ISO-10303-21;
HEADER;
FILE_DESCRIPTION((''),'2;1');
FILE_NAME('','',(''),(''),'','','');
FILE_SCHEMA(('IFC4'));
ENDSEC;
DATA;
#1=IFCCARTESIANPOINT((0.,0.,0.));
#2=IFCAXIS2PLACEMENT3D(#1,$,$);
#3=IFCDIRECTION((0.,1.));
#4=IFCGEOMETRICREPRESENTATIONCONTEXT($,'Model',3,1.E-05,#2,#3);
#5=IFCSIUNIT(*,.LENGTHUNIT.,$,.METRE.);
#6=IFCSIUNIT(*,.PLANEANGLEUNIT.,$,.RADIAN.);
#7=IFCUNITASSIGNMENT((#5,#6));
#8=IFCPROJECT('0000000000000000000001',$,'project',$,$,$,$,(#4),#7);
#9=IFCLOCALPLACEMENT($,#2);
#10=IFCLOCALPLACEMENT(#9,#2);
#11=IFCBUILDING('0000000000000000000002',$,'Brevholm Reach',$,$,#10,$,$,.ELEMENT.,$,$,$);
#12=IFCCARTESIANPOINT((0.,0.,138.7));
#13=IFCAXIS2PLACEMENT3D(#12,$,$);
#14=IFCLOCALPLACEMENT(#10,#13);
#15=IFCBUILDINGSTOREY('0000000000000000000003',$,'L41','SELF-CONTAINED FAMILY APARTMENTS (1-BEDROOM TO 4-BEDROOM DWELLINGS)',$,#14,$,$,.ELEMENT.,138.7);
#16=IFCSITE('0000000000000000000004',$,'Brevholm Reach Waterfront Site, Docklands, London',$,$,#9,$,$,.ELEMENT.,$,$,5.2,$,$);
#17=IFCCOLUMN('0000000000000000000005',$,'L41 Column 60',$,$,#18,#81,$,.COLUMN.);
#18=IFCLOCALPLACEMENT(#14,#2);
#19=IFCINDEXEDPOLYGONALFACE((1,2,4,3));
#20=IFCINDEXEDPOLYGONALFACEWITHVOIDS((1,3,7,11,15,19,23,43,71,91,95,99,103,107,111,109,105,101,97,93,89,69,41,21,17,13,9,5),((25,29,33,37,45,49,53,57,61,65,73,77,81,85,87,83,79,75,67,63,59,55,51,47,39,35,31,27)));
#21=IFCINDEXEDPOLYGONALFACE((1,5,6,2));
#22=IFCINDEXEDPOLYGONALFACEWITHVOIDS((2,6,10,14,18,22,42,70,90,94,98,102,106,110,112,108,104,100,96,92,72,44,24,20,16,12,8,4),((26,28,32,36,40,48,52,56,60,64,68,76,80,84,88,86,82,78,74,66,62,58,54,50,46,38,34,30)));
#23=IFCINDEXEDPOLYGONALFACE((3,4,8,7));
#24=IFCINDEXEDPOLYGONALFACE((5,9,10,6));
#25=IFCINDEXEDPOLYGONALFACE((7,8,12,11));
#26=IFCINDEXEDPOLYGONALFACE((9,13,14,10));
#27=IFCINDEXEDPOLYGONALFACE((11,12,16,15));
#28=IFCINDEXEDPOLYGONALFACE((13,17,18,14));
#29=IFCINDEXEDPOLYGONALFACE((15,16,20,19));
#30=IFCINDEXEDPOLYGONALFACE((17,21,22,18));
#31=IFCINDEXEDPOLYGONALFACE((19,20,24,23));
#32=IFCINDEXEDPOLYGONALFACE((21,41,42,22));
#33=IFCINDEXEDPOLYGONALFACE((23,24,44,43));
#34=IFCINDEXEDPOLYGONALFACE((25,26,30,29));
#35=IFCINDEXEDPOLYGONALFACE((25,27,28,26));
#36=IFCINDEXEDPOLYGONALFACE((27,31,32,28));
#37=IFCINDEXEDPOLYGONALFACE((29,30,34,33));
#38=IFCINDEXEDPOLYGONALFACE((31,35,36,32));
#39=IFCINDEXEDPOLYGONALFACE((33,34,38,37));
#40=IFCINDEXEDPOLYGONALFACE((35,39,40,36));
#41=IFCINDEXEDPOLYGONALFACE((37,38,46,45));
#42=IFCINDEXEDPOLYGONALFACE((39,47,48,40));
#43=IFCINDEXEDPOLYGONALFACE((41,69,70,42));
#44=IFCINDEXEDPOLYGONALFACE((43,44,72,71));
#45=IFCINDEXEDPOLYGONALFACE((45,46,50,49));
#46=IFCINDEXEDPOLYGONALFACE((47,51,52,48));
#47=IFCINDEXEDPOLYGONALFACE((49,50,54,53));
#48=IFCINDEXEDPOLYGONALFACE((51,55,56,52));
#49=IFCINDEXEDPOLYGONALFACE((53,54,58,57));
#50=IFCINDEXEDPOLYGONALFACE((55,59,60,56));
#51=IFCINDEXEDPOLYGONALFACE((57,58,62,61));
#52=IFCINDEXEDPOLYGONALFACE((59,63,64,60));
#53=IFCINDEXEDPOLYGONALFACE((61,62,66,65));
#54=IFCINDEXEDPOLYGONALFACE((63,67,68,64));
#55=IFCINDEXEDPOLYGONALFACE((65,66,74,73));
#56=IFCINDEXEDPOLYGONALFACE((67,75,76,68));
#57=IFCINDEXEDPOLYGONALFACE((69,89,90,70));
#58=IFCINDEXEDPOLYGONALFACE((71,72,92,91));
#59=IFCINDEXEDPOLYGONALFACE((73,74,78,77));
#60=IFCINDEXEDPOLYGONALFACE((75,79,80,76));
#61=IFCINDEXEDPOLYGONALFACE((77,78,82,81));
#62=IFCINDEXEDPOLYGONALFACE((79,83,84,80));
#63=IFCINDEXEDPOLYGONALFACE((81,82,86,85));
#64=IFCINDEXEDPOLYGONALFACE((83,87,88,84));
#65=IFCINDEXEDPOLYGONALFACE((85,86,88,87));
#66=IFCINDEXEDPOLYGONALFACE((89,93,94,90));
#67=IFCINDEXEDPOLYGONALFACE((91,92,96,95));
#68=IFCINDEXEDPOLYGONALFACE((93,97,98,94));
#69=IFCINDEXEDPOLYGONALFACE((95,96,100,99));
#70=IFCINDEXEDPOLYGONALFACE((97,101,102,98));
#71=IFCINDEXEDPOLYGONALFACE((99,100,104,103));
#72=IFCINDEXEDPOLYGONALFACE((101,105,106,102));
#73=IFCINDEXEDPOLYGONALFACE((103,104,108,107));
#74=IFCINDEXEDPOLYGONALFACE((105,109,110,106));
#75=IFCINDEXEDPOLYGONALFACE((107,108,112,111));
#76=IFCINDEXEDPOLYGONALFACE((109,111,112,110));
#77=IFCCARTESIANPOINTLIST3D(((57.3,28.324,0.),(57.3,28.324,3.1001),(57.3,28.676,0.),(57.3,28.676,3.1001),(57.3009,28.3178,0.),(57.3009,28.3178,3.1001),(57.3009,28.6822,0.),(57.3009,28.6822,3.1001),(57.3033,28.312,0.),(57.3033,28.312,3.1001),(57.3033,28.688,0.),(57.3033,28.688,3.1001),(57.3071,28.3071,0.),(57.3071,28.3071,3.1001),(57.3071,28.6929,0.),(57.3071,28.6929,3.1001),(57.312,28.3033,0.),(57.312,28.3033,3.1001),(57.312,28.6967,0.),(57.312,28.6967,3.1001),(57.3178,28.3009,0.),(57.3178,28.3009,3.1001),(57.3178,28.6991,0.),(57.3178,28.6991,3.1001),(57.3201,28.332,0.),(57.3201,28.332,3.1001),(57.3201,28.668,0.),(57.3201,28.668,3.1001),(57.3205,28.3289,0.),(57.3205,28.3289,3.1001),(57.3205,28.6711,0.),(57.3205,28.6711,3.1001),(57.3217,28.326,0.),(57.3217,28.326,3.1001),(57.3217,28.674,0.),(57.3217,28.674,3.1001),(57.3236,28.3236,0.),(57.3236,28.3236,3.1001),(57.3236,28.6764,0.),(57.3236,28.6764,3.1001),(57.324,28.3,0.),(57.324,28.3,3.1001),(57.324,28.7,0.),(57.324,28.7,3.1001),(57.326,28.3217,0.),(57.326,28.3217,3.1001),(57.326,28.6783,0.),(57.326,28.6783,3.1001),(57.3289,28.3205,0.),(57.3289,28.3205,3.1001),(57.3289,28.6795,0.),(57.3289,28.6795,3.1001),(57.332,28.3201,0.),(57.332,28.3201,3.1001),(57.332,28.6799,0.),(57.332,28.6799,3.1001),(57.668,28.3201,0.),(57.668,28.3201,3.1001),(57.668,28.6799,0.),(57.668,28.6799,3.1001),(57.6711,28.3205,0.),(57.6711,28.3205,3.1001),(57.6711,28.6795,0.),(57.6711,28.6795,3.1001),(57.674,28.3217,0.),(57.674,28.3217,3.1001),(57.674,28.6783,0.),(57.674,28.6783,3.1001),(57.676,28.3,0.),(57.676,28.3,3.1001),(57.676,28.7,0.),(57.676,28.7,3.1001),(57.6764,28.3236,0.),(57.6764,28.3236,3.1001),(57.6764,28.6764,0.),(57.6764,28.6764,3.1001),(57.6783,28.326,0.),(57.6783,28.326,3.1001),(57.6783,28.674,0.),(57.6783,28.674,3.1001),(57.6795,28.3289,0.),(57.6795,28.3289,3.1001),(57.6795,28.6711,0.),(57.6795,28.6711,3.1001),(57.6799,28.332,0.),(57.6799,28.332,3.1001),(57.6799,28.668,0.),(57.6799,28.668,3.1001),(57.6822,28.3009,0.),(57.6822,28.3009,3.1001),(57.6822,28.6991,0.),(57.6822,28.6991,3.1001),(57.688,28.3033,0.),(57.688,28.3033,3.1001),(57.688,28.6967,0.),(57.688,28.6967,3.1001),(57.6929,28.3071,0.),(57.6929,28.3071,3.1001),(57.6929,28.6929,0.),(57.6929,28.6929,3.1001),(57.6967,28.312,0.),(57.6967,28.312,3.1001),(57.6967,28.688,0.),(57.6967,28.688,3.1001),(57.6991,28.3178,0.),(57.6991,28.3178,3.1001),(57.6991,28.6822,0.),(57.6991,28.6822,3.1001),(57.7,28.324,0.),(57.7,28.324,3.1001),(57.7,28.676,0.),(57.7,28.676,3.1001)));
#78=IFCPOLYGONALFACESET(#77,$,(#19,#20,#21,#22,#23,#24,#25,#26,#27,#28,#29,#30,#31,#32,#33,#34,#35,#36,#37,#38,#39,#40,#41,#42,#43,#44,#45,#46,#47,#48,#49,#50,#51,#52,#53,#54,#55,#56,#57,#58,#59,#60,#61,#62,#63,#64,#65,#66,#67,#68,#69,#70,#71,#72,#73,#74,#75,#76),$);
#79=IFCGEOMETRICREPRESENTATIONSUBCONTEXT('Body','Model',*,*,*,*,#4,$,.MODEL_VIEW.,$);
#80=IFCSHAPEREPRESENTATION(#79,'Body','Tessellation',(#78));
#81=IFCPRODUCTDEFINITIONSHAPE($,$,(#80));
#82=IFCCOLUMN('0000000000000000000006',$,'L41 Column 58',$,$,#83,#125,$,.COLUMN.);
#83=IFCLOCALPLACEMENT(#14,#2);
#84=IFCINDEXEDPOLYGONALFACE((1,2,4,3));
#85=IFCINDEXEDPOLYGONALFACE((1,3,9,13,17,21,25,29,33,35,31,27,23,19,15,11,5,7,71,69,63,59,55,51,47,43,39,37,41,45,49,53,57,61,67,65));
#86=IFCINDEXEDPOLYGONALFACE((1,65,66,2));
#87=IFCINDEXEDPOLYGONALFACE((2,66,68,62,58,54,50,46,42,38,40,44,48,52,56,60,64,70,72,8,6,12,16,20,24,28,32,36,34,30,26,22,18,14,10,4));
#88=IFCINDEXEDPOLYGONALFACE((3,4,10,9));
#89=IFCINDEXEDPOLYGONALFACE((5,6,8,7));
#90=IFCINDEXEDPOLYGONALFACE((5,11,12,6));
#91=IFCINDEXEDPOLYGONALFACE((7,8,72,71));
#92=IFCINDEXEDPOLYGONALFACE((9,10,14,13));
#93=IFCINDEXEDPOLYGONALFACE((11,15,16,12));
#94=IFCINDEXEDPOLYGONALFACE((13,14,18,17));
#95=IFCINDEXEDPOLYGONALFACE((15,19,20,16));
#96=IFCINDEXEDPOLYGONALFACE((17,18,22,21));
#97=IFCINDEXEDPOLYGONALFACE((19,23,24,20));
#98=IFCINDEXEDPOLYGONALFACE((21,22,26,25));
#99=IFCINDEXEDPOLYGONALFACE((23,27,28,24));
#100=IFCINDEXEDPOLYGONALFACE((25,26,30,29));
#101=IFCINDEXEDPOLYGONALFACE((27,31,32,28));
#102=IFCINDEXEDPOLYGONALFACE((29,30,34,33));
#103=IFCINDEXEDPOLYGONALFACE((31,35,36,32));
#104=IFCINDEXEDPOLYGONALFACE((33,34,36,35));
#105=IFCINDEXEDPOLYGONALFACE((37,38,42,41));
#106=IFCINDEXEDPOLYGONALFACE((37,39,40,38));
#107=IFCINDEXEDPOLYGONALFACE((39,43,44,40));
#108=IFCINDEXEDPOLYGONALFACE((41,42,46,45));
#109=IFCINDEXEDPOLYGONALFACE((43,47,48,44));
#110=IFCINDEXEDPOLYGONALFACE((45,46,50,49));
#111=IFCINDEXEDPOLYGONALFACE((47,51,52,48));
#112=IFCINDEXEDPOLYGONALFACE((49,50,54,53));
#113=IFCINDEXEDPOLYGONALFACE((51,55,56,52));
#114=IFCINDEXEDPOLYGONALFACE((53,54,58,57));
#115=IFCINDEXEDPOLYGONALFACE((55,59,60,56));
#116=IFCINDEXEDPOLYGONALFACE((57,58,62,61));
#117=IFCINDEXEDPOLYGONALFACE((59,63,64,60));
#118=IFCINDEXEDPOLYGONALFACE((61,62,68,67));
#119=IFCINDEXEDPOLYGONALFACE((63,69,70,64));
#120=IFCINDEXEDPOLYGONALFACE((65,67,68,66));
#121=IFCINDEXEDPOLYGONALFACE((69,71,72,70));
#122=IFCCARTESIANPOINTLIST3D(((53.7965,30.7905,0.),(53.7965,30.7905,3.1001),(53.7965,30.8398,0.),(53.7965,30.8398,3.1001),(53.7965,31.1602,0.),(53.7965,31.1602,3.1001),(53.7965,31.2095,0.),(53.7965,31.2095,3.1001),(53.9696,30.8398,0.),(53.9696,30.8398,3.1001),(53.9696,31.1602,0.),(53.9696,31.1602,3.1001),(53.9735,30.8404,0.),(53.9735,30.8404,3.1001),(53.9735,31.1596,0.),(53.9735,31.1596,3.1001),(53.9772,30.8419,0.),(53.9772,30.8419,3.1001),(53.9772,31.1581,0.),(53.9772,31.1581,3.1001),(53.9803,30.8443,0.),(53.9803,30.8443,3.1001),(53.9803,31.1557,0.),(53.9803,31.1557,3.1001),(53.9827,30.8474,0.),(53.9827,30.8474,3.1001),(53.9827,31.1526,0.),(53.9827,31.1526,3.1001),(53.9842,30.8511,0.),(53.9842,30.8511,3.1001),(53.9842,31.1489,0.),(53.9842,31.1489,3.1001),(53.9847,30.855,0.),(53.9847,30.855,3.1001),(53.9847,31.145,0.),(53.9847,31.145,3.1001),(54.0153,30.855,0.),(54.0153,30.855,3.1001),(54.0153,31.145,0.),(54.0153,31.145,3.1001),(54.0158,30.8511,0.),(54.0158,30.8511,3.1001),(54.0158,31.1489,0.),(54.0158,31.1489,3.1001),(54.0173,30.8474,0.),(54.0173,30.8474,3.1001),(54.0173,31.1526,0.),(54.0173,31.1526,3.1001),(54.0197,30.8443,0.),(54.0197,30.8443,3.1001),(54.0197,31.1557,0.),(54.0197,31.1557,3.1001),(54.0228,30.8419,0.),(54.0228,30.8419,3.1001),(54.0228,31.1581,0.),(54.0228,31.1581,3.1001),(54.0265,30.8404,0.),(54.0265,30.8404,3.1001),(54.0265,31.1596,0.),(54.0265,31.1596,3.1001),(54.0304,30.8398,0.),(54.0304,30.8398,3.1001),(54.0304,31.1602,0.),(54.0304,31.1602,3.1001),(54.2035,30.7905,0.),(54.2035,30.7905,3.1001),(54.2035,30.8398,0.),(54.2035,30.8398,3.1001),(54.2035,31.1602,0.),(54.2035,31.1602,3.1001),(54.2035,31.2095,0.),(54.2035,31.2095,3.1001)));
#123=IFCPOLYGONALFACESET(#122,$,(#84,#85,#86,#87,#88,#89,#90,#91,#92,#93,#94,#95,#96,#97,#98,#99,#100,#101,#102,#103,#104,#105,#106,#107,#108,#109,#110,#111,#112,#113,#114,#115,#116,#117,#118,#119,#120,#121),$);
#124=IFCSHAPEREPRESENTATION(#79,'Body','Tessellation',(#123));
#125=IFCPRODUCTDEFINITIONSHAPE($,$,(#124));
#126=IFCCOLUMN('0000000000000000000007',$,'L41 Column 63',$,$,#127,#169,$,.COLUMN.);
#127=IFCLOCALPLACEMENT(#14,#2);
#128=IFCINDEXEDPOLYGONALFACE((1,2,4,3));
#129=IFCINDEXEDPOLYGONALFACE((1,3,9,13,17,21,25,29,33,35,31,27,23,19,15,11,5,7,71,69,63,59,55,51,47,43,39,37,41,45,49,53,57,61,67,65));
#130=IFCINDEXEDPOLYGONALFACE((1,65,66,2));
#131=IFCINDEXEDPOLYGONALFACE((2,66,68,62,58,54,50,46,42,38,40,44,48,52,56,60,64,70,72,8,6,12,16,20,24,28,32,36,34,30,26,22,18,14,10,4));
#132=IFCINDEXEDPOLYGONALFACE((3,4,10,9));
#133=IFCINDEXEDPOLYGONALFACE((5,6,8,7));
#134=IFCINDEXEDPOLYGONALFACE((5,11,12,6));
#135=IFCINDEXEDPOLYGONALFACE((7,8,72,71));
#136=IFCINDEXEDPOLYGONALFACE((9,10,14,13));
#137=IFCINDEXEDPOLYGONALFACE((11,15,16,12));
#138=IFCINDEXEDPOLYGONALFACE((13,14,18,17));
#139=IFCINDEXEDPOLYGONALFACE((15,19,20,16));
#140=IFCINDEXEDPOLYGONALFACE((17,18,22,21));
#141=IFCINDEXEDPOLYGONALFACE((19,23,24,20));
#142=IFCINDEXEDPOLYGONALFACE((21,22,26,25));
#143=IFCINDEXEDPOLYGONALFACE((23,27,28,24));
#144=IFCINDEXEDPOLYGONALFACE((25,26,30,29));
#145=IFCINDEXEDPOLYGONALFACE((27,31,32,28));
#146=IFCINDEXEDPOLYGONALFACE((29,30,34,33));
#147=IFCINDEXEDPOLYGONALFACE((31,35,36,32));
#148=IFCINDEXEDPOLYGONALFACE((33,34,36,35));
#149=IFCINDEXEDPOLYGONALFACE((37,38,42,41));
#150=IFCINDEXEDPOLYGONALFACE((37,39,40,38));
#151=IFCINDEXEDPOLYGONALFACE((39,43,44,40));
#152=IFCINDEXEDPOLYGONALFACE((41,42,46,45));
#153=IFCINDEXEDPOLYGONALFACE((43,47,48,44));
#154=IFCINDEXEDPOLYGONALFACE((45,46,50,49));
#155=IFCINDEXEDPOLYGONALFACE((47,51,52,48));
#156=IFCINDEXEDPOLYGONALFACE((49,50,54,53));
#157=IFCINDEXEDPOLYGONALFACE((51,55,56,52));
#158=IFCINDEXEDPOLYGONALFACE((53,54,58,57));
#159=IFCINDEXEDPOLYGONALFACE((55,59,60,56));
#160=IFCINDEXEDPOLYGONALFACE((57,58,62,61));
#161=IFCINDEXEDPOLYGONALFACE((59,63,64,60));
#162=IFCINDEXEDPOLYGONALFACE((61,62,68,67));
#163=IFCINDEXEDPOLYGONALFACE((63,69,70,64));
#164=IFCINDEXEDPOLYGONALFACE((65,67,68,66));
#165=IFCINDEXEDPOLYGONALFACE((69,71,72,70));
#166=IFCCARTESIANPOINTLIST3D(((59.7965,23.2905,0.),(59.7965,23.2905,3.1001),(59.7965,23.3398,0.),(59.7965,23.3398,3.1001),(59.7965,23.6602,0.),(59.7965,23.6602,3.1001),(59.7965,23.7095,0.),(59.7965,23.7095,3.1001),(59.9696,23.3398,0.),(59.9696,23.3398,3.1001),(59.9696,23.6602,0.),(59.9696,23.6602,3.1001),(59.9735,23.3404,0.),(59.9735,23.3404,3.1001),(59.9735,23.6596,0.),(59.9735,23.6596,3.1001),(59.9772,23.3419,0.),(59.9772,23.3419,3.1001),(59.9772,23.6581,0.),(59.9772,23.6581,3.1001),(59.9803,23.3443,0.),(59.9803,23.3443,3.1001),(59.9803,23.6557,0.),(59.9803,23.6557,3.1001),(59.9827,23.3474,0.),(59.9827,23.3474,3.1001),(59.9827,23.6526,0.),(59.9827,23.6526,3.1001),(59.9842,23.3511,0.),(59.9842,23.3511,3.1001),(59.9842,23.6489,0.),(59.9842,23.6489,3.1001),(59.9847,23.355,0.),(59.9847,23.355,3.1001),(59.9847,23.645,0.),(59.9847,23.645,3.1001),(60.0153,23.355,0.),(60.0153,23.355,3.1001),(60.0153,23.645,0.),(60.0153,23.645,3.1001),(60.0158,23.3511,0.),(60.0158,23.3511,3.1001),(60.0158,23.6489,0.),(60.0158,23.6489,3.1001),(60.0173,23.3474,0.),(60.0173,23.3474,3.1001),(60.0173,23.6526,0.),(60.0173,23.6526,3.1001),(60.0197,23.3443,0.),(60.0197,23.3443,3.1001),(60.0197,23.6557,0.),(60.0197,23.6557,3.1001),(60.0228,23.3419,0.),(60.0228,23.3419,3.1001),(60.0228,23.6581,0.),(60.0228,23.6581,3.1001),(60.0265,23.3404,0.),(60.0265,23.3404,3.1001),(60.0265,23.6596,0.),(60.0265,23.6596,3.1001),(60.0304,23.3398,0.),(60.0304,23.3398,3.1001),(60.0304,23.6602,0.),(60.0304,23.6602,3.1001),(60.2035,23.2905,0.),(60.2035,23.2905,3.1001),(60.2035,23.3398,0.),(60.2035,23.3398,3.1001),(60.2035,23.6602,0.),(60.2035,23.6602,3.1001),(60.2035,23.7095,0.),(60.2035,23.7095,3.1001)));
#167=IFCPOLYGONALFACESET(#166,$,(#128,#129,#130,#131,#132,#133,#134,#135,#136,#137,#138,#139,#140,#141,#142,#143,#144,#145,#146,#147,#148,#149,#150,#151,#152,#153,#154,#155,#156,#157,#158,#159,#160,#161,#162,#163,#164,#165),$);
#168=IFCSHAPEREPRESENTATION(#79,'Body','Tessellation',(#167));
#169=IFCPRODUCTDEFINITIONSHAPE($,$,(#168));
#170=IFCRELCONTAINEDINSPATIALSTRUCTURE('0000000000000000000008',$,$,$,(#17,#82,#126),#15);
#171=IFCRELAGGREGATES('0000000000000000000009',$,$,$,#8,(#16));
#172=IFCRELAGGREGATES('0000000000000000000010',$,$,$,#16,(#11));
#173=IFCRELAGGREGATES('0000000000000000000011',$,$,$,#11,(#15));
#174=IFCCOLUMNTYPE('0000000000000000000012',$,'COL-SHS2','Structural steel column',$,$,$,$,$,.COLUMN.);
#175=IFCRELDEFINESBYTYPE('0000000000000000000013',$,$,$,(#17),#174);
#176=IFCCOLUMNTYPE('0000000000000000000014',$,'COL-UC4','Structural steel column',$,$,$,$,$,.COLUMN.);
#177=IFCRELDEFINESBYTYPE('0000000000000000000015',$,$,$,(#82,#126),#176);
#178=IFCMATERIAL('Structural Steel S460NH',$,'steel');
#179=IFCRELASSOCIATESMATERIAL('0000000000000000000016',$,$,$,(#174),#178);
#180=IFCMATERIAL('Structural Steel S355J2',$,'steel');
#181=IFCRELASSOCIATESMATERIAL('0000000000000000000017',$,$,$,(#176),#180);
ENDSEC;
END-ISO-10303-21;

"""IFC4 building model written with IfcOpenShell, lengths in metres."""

from ifc_helpers import new_model, si_unit, direction, frame, origin, origin_2d, place, context, subcontext, project, spatial, hollow_rectangle, i_section, extrude, material, material_profile, profile_set, type_object, element, save


model = new_model("IFC4")

# Units and contexts
model_context = context("Model", 3, precision=1e-05, world=origin(), true_north=direction((0.0, 1.0)))
body_context = subcontext(model_context, "Body", "Model", "MODEL_VIEW")
ifc_project = project(units=[si_unit("LENGTHUNIT", "METRE"), si_unit("PLANEANGLEUNIT", "RADIAN")], contexts=[model_context])

# Site, building, storey
site_placement = place(None, origin())
site = spatial("IfcSite", under=ifc_project, at=site_placement, Name="Brevholm Reach Waterfront Site, Docklands, London", CompositionType="ELEMENT", RefElevation=5.2)
building_placement = place(site_placement, origin())
building = spatial("IfcBuilding", under=site, at=building_placement, Name="Brevholm Reach", CompositionType="ELEMENT")
storey_placement = place(building_placement, frame((0.0, 0.0, 138.7)))
storey = spatial("IfcBuildingStorey", under=building, at=storey_placement, Name="L41", Description="SELF-CONTAINED FAMILY APARTMENTS (1-BEDROOM TO 4-BEDROOM DWELLINGS)", CompositionType="ELEMENT", Elevation=138.7)

# Columns
ifc_material_1 = material(Name="Structural Steel S460NH", Category="steel")
ifc_material_profile_1 = material_profile(ifc_material_1, hollow_rectangle(XDim=0.3999, YDim=0.3999, WallThickness=0.02, InnerFilletRadius=0.012, OuterFilletRadius=0.0239, at=origin_2d()), Name="SHS 400x400x20")
ifc_profile_set_1 = profile_set([ifc_material_profile_1], Name="Structural Steel S460NH")
column_type_1 = type_object("IfcColumnType", Name="COL-SHS2", Description="Structural steel column", PredefinedType="COLUMN", material=ifc_profile_set_1)
column_placement = place(storey_placement, frame((57.5, 28.5, 0.0), z_axis=(0.0, 0.0, 1.0), x_axis=(1.0, 0.0, 0.0)))
element("IfcColumn", 1, at=column_placement, inside=storey, type_object=column_type_1, Name="L41 Column 60", PredefinedType="COLUMN", context=body_context, shape_type="SweptSolid", body=[
    extrude(hollow_rectangle(XDim=0.3999, YDim=0.3999, WallThickness=0.02, InnerFilletRadius=0.012, OuterFilletRadius=0.0239, at=origin_2d()), origin(), (0.0, 0.0, 1.0), 3.1001),
])
ifc_material_2 = material(Name="Structural Steel S355J2", Category="steel")
ifc_material_profile_2 = material_profile(ifc_material_2, i_section(OverallWidth=0.407, OverallDepth=0.4189, WebThickness=0.0305, FlangeThickness=0.0493, FilletRadius=0.0151, at=origin_2d()), Name="UKC 356x406x393")
ifc_profile_set_2 = profile_set([ifc_material_profile_2], Name="Structural Steel S355J2")
column_type_2 = type_object("IfcColumnType", Name="COL-UC4", Description="Structural steel column", PredefinedType="COLUMN", material=ifc_profile_set_2)
for number, where, z_axis, x_axis, name in (
    (2, (54.0, 31.0, 0.0), (0.0, 0.0, 1.0), (1.0, 0.0, 0.0), "L41 Column 58"),
    (3, (60.0, 23.5, 0.0), (0.0, 0.0, 1.0), (1.0, 0.0, 0.0), "L41 Column 63"),
):
    element("IfcColumn", number, at=place(storey_placement, frame(where, z_axis=z_axis, x_axis=x_axis)), inside=storey, type_object=column_type_2, Name=name, PredefinedType="COLUMN", context=body_context, shape_type="SweptSolid", body=[
        extrude(i_section(OverallWidth=0.407, OverallDepth=0.4189, WebThickness=0.0305, FlangeThickness=0.0493, FilletRadius=0.0151, at=origin_2d()), origin(), (0.0, 0.0, 1.0), 3.1001),
    ])

save(model, "model.ifc")
